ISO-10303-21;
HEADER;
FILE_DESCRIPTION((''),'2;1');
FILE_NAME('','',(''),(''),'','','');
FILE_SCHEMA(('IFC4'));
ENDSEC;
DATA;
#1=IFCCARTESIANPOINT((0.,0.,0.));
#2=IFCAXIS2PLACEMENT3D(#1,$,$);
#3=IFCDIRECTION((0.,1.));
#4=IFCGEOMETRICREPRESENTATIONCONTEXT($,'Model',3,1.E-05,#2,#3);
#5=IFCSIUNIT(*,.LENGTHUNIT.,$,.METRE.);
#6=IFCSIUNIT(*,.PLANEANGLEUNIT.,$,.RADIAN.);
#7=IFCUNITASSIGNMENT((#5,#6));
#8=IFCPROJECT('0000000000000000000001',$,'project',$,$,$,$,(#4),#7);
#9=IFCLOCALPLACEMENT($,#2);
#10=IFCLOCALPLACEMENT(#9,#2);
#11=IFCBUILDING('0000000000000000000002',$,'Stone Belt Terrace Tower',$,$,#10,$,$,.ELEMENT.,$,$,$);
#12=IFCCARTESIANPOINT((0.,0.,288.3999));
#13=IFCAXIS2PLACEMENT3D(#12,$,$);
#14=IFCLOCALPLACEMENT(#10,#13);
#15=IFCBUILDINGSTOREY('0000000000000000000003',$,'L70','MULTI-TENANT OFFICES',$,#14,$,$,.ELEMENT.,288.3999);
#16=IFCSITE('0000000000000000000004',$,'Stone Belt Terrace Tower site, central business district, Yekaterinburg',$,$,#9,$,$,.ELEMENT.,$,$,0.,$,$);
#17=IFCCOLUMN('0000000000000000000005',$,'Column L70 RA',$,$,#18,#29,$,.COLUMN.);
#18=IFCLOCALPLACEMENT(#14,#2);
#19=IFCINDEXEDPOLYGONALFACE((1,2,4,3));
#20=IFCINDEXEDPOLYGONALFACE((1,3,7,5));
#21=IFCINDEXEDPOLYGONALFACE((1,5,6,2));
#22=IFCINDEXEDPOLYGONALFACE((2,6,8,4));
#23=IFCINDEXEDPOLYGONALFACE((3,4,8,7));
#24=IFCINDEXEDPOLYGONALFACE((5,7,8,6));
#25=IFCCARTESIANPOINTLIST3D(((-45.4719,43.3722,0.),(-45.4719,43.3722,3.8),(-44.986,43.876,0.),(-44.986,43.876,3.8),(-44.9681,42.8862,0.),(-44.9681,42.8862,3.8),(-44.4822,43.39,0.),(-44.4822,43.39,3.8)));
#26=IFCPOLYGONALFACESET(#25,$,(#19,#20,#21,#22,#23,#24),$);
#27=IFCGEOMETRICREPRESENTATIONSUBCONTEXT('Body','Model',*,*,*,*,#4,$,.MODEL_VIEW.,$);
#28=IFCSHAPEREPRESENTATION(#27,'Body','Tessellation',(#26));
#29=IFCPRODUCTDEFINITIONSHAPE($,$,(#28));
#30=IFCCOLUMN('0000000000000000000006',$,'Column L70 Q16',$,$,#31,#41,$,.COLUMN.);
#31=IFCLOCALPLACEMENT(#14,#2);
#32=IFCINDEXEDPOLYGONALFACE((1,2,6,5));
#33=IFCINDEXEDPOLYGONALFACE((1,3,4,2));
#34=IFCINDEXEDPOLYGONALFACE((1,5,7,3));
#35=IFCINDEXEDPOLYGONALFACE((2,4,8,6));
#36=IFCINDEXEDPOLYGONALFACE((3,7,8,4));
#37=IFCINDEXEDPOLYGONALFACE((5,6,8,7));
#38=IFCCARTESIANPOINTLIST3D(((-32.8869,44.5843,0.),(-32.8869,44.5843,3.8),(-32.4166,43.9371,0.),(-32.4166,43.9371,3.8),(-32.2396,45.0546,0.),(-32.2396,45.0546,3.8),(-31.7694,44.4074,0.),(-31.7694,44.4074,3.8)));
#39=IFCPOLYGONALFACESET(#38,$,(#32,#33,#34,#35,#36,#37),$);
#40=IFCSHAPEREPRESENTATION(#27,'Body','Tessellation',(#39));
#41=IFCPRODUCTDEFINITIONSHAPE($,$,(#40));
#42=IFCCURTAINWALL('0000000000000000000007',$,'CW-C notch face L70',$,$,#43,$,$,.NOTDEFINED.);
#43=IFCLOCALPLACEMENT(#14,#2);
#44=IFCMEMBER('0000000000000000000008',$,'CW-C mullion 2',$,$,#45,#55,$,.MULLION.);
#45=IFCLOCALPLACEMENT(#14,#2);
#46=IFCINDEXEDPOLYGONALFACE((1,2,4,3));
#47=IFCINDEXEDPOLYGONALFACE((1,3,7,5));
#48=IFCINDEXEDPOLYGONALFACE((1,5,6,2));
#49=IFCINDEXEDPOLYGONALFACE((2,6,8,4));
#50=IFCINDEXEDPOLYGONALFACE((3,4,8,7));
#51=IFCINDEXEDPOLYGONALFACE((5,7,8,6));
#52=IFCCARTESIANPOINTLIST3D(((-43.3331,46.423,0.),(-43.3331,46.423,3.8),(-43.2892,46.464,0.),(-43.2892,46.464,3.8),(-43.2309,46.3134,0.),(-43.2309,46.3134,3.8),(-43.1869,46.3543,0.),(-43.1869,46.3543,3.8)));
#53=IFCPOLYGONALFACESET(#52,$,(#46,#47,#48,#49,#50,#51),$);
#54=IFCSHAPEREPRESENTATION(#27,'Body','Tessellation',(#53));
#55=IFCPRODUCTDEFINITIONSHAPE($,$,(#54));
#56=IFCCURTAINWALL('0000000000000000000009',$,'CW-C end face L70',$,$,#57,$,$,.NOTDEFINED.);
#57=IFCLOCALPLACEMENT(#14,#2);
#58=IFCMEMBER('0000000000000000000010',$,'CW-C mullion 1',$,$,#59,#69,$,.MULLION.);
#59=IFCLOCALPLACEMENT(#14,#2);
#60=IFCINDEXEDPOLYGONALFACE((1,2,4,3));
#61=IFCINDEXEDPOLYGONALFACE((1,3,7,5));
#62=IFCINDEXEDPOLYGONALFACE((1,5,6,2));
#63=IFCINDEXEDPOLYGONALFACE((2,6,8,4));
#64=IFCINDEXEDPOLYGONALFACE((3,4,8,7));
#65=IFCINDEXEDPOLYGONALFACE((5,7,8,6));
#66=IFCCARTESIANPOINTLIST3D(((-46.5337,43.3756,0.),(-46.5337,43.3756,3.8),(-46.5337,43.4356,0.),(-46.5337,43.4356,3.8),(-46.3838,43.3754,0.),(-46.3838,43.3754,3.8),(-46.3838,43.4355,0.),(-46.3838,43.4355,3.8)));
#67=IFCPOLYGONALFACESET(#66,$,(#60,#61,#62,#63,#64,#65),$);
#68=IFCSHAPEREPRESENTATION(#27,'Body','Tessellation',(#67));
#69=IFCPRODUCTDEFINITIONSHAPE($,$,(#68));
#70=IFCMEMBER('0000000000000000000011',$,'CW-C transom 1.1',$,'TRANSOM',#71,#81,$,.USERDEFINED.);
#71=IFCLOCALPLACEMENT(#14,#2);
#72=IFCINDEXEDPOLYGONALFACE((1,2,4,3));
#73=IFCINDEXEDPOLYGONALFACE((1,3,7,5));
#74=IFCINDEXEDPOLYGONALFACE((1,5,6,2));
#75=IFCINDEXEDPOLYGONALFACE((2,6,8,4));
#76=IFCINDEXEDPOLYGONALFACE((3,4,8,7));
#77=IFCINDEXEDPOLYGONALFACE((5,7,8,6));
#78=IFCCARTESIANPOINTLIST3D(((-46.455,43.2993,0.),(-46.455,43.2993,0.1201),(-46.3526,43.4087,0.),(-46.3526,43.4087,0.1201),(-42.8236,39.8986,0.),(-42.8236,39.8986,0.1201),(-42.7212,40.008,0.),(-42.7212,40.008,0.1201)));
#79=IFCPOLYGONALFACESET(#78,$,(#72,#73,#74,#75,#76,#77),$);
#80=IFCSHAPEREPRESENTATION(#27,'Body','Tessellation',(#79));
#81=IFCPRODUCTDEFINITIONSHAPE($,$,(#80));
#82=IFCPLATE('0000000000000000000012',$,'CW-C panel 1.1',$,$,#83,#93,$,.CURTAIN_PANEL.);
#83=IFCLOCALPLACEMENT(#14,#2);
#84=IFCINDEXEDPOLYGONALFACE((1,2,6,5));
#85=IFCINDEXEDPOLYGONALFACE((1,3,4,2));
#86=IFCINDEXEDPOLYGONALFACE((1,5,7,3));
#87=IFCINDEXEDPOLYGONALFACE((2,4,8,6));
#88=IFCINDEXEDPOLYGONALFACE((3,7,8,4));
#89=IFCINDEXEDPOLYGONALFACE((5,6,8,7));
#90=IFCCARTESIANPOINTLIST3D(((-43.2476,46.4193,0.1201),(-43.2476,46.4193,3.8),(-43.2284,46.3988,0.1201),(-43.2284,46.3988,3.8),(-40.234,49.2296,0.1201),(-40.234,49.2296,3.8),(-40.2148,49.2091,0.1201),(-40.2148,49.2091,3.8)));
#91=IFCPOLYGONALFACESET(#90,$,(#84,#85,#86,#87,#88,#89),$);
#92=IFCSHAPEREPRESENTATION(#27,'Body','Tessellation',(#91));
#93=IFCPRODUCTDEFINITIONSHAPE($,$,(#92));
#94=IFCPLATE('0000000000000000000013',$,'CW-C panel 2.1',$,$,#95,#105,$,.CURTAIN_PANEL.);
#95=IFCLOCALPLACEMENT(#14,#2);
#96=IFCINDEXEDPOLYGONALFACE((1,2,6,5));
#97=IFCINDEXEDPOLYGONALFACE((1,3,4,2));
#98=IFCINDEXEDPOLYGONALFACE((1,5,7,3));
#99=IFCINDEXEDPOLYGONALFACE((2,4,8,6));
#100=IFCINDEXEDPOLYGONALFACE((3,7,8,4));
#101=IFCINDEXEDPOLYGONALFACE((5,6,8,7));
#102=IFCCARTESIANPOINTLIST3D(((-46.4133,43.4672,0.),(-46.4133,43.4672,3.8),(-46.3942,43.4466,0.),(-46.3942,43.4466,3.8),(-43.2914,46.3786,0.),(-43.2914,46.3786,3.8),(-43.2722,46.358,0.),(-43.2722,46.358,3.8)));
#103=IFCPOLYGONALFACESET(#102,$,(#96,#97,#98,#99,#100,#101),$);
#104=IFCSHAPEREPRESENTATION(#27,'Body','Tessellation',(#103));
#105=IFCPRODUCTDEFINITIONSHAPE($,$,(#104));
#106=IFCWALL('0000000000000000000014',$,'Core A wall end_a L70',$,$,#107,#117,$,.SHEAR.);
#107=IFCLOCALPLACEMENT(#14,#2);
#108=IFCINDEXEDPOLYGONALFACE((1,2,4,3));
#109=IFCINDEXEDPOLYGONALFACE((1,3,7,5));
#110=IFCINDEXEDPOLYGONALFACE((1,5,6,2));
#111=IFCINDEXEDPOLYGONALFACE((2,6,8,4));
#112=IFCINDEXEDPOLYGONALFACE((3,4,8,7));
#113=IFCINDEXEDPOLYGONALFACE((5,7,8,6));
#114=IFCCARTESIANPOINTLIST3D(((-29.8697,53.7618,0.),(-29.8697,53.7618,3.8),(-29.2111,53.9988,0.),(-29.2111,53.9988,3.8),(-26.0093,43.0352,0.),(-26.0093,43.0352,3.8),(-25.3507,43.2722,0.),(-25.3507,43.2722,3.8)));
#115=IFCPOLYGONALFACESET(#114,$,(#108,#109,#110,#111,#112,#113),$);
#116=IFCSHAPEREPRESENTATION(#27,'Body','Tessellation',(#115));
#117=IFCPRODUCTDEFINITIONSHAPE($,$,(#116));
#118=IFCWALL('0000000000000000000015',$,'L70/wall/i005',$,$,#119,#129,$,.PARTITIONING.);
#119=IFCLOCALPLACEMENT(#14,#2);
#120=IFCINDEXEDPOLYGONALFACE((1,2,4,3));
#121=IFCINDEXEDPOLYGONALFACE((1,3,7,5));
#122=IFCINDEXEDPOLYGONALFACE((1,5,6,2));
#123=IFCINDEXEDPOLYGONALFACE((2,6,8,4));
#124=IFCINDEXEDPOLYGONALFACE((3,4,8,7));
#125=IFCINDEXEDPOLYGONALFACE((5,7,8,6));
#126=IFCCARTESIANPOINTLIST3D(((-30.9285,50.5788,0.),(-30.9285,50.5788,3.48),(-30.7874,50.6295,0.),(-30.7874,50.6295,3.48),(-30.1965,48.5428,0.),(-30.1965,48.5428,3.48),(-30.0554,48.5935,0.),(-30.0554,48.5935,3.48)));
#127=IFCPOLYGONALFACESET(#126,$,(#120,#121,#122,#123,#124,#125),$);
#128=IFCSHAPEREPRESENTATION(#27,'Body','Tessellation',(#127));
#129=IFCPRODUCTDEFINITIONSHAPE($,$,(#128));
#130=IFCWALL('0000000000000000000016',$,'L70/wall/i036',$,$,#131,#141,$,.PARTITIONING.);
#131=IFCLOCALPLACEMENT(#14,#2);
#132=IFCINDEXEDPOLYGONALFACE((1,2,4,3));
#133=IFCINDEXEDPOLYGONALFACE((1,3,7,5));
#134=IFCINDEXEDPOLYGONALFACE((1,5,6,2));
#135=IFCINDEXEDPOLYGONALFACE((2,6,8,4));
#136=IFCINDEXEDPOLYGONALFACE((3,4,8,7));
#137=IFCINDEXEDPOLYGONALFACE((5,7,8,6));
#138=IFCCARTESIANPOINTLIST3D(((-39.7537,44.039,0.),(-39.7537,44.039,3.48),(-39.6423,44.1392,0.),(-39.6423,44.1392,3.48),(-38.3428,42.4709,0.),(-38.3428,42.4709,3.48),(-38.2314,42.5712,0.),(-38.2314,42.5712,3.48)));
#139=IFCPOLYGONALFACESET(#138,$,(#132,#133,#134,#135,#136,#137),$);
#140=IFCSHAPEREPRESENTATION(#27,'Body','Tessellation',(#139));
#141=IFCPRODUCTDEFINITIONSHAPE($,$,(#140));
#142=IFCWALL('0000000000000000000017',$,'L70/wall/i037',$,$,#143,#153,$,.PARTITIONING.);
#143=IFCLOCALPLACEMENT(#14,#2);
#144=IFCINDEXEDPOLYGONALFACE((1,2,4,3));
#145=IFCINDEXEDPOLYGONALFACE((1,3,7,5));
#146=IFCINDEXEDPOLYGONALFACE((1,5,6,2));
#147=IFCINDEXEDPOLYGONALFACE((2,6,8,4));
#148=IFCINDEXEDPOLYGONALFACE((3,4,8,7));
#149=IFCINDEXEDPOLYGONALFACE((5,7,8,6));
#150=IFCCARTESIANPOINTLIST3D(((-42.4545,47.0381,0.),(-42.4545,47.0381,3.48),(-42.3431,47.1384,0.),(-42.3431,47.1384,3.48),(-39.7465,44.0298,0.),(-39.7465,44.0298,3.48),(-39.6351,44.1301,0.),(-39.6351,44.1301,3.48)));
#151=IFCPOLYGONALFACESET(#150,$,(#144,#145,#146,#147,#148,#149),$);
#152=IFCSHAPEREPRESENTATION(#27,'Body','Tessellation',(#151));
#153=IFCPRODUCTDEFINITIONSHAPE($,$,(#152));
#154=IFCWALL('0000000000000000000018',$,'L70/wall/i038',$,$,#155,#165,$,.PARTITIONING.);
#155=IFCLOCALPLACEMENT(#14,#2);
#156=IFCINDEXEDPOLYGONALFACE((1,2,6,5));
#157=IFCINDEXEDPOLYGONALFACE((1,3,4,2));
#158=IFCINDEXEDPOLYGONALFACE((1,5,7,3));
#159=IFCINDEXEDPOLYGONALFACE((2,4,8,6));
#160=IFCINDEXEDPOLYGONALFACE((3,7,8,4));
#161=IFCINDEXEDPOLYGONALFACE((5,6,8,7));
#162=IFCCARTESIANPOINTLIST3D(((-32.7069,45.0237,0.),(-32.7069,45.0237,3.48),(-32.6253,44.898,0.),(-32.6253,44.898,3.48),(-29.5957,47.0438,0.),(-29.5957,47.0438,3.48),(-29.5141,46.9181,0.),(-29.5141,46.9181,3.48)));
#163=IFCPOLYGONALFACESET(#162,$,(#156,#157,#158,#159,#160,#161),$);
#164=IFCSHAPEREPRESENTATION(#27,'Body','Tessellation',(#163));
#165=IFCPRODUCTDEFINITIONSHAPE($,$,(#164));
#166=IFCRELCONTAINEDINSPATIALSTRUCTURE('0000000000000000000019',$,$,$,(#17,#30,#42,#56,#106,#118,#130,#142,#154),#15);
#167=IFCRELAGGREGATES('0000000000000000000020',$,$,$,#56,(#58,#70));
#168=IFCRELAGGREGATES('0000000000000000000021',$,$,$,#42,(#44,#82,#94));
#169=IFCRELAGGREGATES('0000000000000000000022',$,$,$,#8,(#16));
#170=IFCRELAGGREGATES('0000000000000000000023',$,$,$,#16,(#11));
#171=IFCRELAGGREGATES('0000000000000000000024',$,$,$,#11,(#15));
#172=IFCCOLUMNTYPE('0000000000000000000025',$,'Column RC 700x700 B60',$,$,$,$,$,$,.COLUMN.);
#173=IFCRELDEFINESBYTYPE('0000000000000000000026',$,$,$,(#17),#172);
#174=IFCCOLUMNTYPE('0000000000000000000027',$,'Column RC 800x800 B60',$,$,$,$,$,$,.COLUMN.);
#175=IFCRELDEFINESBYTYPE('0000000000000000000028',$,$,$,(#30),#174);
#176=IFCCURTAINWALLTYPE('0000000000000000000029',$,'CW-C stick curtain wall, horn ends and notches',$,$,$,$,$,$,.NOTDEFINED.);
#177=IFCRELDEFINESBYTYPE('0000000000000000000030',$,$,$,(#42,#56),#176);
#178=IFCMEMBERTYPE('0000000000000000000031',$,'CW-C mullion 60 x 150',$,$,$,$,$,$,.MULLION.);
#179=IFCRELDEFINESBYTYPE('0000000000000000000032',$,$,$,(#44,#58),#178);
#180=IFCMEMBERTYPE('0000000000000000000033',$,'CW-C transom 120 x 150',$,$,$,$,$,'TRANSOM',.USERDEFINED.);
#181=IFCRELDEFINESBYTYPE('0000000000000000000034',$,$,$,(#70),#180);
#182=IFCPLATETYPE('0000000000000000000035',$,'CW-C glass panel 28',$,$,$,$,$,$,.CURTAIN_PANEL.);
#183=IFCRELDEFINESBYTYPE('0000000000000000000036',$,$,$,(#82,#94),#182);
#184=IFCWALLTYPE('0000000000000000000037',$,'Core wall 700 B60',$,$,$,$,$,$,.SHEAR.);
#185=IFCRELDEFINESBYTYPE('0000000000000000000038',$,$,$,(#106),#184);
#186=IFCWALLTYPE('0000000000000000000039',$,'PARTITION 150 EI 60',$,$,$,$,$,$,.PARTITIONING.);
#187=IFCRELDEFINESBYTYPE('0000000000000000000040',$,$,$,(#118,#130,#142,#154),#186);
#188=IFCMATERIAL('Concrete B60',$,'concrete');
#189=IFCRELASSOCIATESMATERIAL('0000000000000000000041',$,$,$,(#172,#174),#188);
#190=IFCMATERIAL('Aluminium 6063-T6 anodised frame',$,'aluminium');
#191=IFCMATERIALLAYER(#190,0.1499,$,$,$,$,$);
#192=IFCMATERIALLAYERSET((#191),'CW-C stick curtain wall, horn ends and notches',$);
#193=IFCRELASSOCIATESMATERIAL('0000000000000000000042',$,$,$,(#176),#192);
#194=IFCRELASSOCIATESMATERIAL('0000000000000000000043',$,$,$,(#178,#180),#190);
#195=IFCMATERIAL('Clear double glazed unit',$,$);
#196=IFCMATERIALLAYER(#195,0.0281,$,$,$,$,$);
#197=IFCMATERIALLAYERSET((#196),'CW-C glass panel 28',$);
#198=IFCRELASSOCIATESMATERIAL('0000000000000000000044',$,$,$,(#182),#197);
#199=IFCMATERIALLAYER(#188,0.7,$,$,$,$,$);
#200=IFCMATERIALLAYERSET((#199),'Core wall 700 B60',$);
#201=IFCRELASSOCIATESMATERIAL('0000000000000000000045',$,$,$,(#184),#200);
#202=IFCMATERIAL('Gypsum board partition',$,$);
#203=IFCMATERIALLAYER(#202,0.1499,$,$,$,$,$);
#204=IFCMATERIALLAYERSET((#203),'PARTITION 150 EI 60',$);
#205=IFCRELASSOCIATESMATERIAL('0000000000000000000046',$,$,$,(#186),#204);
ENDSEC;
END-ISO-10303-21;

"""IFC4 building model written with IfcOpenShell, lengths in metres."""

from ifc_helpers import new_model, si_unit, direction, frame, frame_2d, origin, origin_2d, place, context, subcontext, project, spatial, rectangle, extrude, material, layer, layer_set, material_profile, profile_set, type_object, element, aggregate, save


model = new_model("IFC4")

# Units and contexts
model_context = context("Model", 3, precision=1e-05, world=origin(), true_north=direction((0.0, 1.0)))
body_context = subcontext(model_context, "Body", "Model", "MODEL_VIEW")
ifc_project = project(units=[si_unit("LENGTHUNIT", "METRE"), si_unit("PLANEANGLEUNIT", "RADIAN")], contexts=[model_context])

# Site, building, storey
site_placement = place(None, origin())
site = spatial("IfcSite", under=ifc_project, at=site_placement, Name="Stone Belt Terrace Tower site, central business district, Yekaterinburg", CompositionType="ELEMENT", RefElevation=0.0)
building_placement = place(site_placement, origin())
building = spatial("IfcBuilding", under=site, at=building_placement, Name="Stone Belt Terrace Tower", CompositionType="ELEMENT")
storey_placement = place(building_placement, frame((0.0, 0.0, 288.3999)))
storey = spatial("IfcBuildingStorey", under=building, at=storey_placement, Name="L70", Description="MULTI-TENANT OFFICES", CompositionType="ELEMENT", Elevation=288.3999)

# Columns
ifc_material_1 = material(Name="Concrete B60", Category="concrete")
ifc_material_profile_1 = material_profile(ifc_material_1, rectangle(XDim=0.7, YDim=0.7, at=origin_2d()), Name="RC 700x700")
ifc_profile_set_1 = profile_set([ifc_material_profile_1], Name="Concrete B60")
column_type_1 = type_object("IfcColumnType", Name="Column RC 700x700 B60", PredefinedType="COLUMN", material=ifc_profile_set_1)
column_1_placement = place(storey_placement, frame((-44.9771, 43.3811, 0.0), z_axis=(0.0, 0.0, 1.0), x_axis=(0.694221, 0.719762, 0.0)))
element("IfcColumn", 1, at=column_1_placement, inside=storey, type_object=column_type_1, Name="Column L70 RA", PredefinedType="COLUMN", context=body_context, shape_type="SweptSolid", body=[
    extrude(rectangle(XDim=0.7, YDim=0.7, at=origin_2d()), origin(), (0.0, 0.0, 1.0), 3.8),
])
ifc_material_profile_2 = material_profile(ifc_material_1, rectangle(XDim=0.8, YDim=0.8, at=origin_2d()), Name="RC 800x800")
ifc_profile_set_2 = profile_set([ifc_material_profile_2], Name="Concrete B60")
column_type_2 = type_object("IfcColumnType", Name="Column RC 800x800 B60", PredefinedType="COLUMN", material=ifc_profile_set_2)
column_2_placement = place(storey_placement, frame((-32.3281, 44.4958, 0.0), z_axis=(0.0, 0.0, 1.0), x_axis=(0.809017, 0.587785, 0.0)))
element("IfcColumn", 2, at=column_2_placement, inside=storey, type_object=column_type_2, Name="Column L70 Q16", PredefinedType="COLUMN", context=body_context, shape_type="SweptSolid", body=[
    extrude(rectangle(XDim=0.8, YDim=0.8, at=origin_2d()), origin(), (0.0, 0.0, 1.0), 3.8),
])

# Curtain wall, member
ifc_material_2 = material(Name="Aluminium 6063-T6 anodised frame", Category="aluminium")
ifc_layer_1 = layer(ifc_material_2, 0.1499)
ifc_layer_set_1 = layer_set([ifc_layer_1], Name="CW-C stick curtain wall, horn ends and notches")
curtain_wall_type = type_object("IfcCurtainWallType", Name="CW-C stick curtain wall, horn ends and notches", PredefinedType="NOTDEFINED", material=ifc_layer_set_1)
curtain_wall_1_placement = place(storey_placement, origin())
curtain_wall_1 = element("IfcCurtainWall", 3, at=curtain_wall_1_placement, inside=storey, type_object=curtain_wall_type, Name="CW-C notch face L70", PredefinedType="NOTDEFINED")
ifc_material_profile_3 = material_profile(ifc_material_2, rectangle(XDim=0.1499, YDim=0.0601, at=origin_2d()), Name="Aluminium 6063-T6 60x150")
ifc_profile_set_3 = profile_set([ifc_material_profile_3], Name="Aluminium 6063-T6 anodised frame")
member_type_1 = type_object("IfcMemberType", Name="CW-C mullion 60 x 150", PredefinedType="MULLION", material=ifc_profile_set_3)
member_1_placement = place(storey_placement, frame((-43.26, 46.3887, 0.0), z_axis=(0.0, 0.0, 1.0), x_axis=(0.682014, -0.731339, 0.0)))
member_1 = element("IfcMember", 4, at=member_1_placement, type_object=member_type_1, Name="CW-C mullion 2", PredefinedType="MULLION", context=body_context, shape_type="SweptSolid", body=[
    extrude(rectangle(XDim=0.1499, YDim=0.0601, at=origin_2d()), origin(), (0.0, 0.0, 1.0), 3.8),
])

# Curtain wall, members
curtain_wall_2_placement = place(storey_placement, origin())
curtain_wall_2 = element("IfcCurtainWall", 5, at=curtain_wall_2_placement, inside=storey, type_object=curtain_wall_type, Name="CW-C end face L70", PredefinedType="NOTDEFINED")
member_2_placement = place(storey_placement, frame((-46.4587, 43.4055, 0.0), z_axis=(0.0, 0.0, 1.0), x_axis=(0.999999, -0.001051, 0.0)))
member_2 = element("IfcMember", 6, at=member_2_placement, type_object=member_type_1, Name="CW-C mullion 1", PredefinedType="MULLION", context=body_context, shape_type="SweptSolid", body=[
    extrude(rectangle(XDim=0.1499, YDim=0.0601, at=origin_2d()), origin(), (0.0, 0.0, 1.0), 3.8),
])
ifc_material_profile_4 = material_profile(ifc_material_2, rectangle(XDim=0.1499, YDim=0.1201, at=origin_2d()), Name="Aluminium 6063-T6 150x120")
ifc_profile_set_4 = profile_set([ifc_material_profile_4], Name="Aluminium 6063-T6 anodised frame")
member_type_2 = type_object("IfcMemberType", Name="CW-C transom 120 x 150", ElementType="TRANSOM", PredefinedType="USERDEFINED", material=ifc_profile_set_4)
member_3_placement = place(storey_placement, frame((-46.4038, 43.354, 0.0601), z_axis=(0.729914, -0.683539, 0.0), x_axis=(0.683539, 0.729914, 0.0)))
member_3 = element("IfcMember", 7, at=member_3_placement, type_object=member_type_2, Name="CW-C transom 1.1", ObjectType="TRANSOM", PredefinedType="USERDEFINED", context=body_context, shape_type="SweptSolid", body=[
    extrude(rectangle(XDim=0.1499, YDim=0.1201, at=origin_2d()), origin(), (0.0, 0.0, 1.0), 4.9751),
])
aggregate(curtain_wall_2, [member_2, member_3])

# Plates
ifc_material_3 = material(Name="Clear double glazed unit")
ifc_layer_2 = layer(ifc_material_3, 0.0281)
ifc_layer_set_2 = layer_set([ifc_layer_2], Name="CW-C glass panel 28")
plate_type = type_object("IfcPlateType", Name="CW-C glass panel 28", PredefinedType="CURTAIN_PANEL", material=ifc_layer_set_2)
plate_1_placement = place(storey_placement, frame((-41.7312, 47.8142, 0.1201), z_axis=(0.0, 0.0, 1.0), x_axis=(-0.731339, -0.682014, 0.0)))
plate_1 = element("IfcPlate", 8, at=plate_1_placement, type_object=plate_type, Name="CW-C panel 1.1", PredefinedType="CURTAIN_PANEL", context=body_context, shape_type="SweptSolid", body=[
    extrude(rectangle(XDim=4.1206, YDim=0.0281, at=origin_2d()), origin(), (0.0, 0.0, 1.0), 3.6799),
])
plate_2_placement = place(storey_placement, frame((-44.8428, 44.9126, 0.0), z_axis=(0.0, 0.0, 1.0), x_axis=(-0.731339, -0.682014, 0.0)))
plate_2 = element("IfcPlate", 9, at=plate_2_placement, type_object=plate_type, Name="CW-C panel 2.1", PredefinedType="CURTAIN_PANEL", context=body_context, shape_type="SweptSolid", body=[
    extrude(rectangle(XDim=4.2688, YDim=0.0281, at=origin_2d()), origin(), (0.0, 0.0, 1.0), 3.8),
])
aggregate(curtain_wall_1, [member_1, plate_1, plate_2])

# Walls
ifc_layer_3 = layer(ifc_material_1, 0.7)
ifc_layer_set_3 = layer_set([ifc_layer_3], Name="Core wall 700 B60")
wall_type_1 = type_object("IfcWallType", Name="Core wall 700 B60", PredefinedType="SHEAR", material=ifc_layer_set_3)
wall_1_placement = place(storey_placement, frame((-25.6799, 43.1536, 0.0), z_axis=(0.0, 0.0, 1.0), x_axis=(-0.338625, 0.940921, 0.0)))
element("IfcWall", 10, at=wall_1_placement, inside=storey, type_object=wall_type_1, Name="Core A wall end_a L70", PredefinedType="SHEAR", context=body_context, shape_type="SweptSolid", body=[
    extrude(rectangle(XDim=11.4001, YDim=0.7, at=frame_2d((5.7002, 0.0))), origin(), (0.0, 0.0, 1.0), 3.8),
])
ifc_material_4 = material(Name="Gypsum board partition")
ifc_layer_4 = layer(ifc_material_4, 0.1499)
ifc_layer_set_4 = layer_set([ifc_layer_4], Name="PARTITION 150 EI 60")
wall_type_2 = type_object("IfcWallType", Name="PARTITION 150 EI 60", PredefinedType="PARTITIONING", material=ifc_layer_set_4)
wall_2_placement = place(storey_placement, frame((-30.126, 48.5681, 0.0), z_axis=(0.0, 0.0, 1.0), x_axis=(-0.338316, 0.941033, 0.0)))
element("IfcWall", 11, at=wall_2_placement, inside=storey, type_object=wall_type_2, Name="L70/wall/i005", PredefinedType="PARTITIONING", context=body_context, shape_type="SweptSolid", body=[
    extrude(rectangle(XDim=2.1636, YDim=0.1499, at=frame_2d((1.0818, 0.0))), origin(), (0.0, 0.0, 1.0), 3.48),
])
wall_3_placement = place(storey_placement, frame((-39.698, 44.0891, 0.0), z_axis=(0.0, 0.0, 1.0), x_axis=(0.668856, -0.743392, 0.0)))
element("IfcWall", 12, at=wall_3_placement, inside=storey, type_object=wall_type_2, Name="L70/wall/i036", PredefinedType="PARTITIONING", context=body_context, shape_type="SweptSolid", body=[
    extrude(rectangle(XDim=2.1094, YDim=0.1499, at=frame_2d((1.0547, 0.0))), origin(), (0.0, 0.0, 1.0), 3.48),
])
wall_4_placement = place(storey_placement, frame((-42.3989, 47.0884, 0.0), z_axis=(0.0, 0.0, 1.0), x_axis=(0.669038, -0.743228, 0.0)))
element("IfcWall", 13, at=wall_4_placement, inside=storey, type_object=wall_type_2, Name="L70/wall/i037", PredefinedType="PARTITIONING", context=body_context, shape_type="SweptSolid", body=[
    extrude(rectangle(XDim=4.0476, YDim=0.1499, at=frame_2d((2.0239, 0.0))), origin(), (0.0, 0.0, 1.0), 3.48),
])
wall_5_placement = place(storey_placement, frame((-29.5549, 46.981, 0.0), z_axis=(0.0, 0.0, 1.0), x_axis=(-0.838713, -0.544574, 0.0)))
element("IfcWall", 14, at=wall_5_placement, inside=storey, type_object=wall_type_2, Name="L70/wall/i038", PredefinedType="PARTITIONING", context=body_context, shape_type="SweptSolid", body=[
    extrude(rectangle(XDim=3.7095, YDim=0.1499, at=frame_2d((1.8547, 0.0))), origin(), (0.0, 0.0, 1.0), 3.48),
])

save(model, "model.ifc")
